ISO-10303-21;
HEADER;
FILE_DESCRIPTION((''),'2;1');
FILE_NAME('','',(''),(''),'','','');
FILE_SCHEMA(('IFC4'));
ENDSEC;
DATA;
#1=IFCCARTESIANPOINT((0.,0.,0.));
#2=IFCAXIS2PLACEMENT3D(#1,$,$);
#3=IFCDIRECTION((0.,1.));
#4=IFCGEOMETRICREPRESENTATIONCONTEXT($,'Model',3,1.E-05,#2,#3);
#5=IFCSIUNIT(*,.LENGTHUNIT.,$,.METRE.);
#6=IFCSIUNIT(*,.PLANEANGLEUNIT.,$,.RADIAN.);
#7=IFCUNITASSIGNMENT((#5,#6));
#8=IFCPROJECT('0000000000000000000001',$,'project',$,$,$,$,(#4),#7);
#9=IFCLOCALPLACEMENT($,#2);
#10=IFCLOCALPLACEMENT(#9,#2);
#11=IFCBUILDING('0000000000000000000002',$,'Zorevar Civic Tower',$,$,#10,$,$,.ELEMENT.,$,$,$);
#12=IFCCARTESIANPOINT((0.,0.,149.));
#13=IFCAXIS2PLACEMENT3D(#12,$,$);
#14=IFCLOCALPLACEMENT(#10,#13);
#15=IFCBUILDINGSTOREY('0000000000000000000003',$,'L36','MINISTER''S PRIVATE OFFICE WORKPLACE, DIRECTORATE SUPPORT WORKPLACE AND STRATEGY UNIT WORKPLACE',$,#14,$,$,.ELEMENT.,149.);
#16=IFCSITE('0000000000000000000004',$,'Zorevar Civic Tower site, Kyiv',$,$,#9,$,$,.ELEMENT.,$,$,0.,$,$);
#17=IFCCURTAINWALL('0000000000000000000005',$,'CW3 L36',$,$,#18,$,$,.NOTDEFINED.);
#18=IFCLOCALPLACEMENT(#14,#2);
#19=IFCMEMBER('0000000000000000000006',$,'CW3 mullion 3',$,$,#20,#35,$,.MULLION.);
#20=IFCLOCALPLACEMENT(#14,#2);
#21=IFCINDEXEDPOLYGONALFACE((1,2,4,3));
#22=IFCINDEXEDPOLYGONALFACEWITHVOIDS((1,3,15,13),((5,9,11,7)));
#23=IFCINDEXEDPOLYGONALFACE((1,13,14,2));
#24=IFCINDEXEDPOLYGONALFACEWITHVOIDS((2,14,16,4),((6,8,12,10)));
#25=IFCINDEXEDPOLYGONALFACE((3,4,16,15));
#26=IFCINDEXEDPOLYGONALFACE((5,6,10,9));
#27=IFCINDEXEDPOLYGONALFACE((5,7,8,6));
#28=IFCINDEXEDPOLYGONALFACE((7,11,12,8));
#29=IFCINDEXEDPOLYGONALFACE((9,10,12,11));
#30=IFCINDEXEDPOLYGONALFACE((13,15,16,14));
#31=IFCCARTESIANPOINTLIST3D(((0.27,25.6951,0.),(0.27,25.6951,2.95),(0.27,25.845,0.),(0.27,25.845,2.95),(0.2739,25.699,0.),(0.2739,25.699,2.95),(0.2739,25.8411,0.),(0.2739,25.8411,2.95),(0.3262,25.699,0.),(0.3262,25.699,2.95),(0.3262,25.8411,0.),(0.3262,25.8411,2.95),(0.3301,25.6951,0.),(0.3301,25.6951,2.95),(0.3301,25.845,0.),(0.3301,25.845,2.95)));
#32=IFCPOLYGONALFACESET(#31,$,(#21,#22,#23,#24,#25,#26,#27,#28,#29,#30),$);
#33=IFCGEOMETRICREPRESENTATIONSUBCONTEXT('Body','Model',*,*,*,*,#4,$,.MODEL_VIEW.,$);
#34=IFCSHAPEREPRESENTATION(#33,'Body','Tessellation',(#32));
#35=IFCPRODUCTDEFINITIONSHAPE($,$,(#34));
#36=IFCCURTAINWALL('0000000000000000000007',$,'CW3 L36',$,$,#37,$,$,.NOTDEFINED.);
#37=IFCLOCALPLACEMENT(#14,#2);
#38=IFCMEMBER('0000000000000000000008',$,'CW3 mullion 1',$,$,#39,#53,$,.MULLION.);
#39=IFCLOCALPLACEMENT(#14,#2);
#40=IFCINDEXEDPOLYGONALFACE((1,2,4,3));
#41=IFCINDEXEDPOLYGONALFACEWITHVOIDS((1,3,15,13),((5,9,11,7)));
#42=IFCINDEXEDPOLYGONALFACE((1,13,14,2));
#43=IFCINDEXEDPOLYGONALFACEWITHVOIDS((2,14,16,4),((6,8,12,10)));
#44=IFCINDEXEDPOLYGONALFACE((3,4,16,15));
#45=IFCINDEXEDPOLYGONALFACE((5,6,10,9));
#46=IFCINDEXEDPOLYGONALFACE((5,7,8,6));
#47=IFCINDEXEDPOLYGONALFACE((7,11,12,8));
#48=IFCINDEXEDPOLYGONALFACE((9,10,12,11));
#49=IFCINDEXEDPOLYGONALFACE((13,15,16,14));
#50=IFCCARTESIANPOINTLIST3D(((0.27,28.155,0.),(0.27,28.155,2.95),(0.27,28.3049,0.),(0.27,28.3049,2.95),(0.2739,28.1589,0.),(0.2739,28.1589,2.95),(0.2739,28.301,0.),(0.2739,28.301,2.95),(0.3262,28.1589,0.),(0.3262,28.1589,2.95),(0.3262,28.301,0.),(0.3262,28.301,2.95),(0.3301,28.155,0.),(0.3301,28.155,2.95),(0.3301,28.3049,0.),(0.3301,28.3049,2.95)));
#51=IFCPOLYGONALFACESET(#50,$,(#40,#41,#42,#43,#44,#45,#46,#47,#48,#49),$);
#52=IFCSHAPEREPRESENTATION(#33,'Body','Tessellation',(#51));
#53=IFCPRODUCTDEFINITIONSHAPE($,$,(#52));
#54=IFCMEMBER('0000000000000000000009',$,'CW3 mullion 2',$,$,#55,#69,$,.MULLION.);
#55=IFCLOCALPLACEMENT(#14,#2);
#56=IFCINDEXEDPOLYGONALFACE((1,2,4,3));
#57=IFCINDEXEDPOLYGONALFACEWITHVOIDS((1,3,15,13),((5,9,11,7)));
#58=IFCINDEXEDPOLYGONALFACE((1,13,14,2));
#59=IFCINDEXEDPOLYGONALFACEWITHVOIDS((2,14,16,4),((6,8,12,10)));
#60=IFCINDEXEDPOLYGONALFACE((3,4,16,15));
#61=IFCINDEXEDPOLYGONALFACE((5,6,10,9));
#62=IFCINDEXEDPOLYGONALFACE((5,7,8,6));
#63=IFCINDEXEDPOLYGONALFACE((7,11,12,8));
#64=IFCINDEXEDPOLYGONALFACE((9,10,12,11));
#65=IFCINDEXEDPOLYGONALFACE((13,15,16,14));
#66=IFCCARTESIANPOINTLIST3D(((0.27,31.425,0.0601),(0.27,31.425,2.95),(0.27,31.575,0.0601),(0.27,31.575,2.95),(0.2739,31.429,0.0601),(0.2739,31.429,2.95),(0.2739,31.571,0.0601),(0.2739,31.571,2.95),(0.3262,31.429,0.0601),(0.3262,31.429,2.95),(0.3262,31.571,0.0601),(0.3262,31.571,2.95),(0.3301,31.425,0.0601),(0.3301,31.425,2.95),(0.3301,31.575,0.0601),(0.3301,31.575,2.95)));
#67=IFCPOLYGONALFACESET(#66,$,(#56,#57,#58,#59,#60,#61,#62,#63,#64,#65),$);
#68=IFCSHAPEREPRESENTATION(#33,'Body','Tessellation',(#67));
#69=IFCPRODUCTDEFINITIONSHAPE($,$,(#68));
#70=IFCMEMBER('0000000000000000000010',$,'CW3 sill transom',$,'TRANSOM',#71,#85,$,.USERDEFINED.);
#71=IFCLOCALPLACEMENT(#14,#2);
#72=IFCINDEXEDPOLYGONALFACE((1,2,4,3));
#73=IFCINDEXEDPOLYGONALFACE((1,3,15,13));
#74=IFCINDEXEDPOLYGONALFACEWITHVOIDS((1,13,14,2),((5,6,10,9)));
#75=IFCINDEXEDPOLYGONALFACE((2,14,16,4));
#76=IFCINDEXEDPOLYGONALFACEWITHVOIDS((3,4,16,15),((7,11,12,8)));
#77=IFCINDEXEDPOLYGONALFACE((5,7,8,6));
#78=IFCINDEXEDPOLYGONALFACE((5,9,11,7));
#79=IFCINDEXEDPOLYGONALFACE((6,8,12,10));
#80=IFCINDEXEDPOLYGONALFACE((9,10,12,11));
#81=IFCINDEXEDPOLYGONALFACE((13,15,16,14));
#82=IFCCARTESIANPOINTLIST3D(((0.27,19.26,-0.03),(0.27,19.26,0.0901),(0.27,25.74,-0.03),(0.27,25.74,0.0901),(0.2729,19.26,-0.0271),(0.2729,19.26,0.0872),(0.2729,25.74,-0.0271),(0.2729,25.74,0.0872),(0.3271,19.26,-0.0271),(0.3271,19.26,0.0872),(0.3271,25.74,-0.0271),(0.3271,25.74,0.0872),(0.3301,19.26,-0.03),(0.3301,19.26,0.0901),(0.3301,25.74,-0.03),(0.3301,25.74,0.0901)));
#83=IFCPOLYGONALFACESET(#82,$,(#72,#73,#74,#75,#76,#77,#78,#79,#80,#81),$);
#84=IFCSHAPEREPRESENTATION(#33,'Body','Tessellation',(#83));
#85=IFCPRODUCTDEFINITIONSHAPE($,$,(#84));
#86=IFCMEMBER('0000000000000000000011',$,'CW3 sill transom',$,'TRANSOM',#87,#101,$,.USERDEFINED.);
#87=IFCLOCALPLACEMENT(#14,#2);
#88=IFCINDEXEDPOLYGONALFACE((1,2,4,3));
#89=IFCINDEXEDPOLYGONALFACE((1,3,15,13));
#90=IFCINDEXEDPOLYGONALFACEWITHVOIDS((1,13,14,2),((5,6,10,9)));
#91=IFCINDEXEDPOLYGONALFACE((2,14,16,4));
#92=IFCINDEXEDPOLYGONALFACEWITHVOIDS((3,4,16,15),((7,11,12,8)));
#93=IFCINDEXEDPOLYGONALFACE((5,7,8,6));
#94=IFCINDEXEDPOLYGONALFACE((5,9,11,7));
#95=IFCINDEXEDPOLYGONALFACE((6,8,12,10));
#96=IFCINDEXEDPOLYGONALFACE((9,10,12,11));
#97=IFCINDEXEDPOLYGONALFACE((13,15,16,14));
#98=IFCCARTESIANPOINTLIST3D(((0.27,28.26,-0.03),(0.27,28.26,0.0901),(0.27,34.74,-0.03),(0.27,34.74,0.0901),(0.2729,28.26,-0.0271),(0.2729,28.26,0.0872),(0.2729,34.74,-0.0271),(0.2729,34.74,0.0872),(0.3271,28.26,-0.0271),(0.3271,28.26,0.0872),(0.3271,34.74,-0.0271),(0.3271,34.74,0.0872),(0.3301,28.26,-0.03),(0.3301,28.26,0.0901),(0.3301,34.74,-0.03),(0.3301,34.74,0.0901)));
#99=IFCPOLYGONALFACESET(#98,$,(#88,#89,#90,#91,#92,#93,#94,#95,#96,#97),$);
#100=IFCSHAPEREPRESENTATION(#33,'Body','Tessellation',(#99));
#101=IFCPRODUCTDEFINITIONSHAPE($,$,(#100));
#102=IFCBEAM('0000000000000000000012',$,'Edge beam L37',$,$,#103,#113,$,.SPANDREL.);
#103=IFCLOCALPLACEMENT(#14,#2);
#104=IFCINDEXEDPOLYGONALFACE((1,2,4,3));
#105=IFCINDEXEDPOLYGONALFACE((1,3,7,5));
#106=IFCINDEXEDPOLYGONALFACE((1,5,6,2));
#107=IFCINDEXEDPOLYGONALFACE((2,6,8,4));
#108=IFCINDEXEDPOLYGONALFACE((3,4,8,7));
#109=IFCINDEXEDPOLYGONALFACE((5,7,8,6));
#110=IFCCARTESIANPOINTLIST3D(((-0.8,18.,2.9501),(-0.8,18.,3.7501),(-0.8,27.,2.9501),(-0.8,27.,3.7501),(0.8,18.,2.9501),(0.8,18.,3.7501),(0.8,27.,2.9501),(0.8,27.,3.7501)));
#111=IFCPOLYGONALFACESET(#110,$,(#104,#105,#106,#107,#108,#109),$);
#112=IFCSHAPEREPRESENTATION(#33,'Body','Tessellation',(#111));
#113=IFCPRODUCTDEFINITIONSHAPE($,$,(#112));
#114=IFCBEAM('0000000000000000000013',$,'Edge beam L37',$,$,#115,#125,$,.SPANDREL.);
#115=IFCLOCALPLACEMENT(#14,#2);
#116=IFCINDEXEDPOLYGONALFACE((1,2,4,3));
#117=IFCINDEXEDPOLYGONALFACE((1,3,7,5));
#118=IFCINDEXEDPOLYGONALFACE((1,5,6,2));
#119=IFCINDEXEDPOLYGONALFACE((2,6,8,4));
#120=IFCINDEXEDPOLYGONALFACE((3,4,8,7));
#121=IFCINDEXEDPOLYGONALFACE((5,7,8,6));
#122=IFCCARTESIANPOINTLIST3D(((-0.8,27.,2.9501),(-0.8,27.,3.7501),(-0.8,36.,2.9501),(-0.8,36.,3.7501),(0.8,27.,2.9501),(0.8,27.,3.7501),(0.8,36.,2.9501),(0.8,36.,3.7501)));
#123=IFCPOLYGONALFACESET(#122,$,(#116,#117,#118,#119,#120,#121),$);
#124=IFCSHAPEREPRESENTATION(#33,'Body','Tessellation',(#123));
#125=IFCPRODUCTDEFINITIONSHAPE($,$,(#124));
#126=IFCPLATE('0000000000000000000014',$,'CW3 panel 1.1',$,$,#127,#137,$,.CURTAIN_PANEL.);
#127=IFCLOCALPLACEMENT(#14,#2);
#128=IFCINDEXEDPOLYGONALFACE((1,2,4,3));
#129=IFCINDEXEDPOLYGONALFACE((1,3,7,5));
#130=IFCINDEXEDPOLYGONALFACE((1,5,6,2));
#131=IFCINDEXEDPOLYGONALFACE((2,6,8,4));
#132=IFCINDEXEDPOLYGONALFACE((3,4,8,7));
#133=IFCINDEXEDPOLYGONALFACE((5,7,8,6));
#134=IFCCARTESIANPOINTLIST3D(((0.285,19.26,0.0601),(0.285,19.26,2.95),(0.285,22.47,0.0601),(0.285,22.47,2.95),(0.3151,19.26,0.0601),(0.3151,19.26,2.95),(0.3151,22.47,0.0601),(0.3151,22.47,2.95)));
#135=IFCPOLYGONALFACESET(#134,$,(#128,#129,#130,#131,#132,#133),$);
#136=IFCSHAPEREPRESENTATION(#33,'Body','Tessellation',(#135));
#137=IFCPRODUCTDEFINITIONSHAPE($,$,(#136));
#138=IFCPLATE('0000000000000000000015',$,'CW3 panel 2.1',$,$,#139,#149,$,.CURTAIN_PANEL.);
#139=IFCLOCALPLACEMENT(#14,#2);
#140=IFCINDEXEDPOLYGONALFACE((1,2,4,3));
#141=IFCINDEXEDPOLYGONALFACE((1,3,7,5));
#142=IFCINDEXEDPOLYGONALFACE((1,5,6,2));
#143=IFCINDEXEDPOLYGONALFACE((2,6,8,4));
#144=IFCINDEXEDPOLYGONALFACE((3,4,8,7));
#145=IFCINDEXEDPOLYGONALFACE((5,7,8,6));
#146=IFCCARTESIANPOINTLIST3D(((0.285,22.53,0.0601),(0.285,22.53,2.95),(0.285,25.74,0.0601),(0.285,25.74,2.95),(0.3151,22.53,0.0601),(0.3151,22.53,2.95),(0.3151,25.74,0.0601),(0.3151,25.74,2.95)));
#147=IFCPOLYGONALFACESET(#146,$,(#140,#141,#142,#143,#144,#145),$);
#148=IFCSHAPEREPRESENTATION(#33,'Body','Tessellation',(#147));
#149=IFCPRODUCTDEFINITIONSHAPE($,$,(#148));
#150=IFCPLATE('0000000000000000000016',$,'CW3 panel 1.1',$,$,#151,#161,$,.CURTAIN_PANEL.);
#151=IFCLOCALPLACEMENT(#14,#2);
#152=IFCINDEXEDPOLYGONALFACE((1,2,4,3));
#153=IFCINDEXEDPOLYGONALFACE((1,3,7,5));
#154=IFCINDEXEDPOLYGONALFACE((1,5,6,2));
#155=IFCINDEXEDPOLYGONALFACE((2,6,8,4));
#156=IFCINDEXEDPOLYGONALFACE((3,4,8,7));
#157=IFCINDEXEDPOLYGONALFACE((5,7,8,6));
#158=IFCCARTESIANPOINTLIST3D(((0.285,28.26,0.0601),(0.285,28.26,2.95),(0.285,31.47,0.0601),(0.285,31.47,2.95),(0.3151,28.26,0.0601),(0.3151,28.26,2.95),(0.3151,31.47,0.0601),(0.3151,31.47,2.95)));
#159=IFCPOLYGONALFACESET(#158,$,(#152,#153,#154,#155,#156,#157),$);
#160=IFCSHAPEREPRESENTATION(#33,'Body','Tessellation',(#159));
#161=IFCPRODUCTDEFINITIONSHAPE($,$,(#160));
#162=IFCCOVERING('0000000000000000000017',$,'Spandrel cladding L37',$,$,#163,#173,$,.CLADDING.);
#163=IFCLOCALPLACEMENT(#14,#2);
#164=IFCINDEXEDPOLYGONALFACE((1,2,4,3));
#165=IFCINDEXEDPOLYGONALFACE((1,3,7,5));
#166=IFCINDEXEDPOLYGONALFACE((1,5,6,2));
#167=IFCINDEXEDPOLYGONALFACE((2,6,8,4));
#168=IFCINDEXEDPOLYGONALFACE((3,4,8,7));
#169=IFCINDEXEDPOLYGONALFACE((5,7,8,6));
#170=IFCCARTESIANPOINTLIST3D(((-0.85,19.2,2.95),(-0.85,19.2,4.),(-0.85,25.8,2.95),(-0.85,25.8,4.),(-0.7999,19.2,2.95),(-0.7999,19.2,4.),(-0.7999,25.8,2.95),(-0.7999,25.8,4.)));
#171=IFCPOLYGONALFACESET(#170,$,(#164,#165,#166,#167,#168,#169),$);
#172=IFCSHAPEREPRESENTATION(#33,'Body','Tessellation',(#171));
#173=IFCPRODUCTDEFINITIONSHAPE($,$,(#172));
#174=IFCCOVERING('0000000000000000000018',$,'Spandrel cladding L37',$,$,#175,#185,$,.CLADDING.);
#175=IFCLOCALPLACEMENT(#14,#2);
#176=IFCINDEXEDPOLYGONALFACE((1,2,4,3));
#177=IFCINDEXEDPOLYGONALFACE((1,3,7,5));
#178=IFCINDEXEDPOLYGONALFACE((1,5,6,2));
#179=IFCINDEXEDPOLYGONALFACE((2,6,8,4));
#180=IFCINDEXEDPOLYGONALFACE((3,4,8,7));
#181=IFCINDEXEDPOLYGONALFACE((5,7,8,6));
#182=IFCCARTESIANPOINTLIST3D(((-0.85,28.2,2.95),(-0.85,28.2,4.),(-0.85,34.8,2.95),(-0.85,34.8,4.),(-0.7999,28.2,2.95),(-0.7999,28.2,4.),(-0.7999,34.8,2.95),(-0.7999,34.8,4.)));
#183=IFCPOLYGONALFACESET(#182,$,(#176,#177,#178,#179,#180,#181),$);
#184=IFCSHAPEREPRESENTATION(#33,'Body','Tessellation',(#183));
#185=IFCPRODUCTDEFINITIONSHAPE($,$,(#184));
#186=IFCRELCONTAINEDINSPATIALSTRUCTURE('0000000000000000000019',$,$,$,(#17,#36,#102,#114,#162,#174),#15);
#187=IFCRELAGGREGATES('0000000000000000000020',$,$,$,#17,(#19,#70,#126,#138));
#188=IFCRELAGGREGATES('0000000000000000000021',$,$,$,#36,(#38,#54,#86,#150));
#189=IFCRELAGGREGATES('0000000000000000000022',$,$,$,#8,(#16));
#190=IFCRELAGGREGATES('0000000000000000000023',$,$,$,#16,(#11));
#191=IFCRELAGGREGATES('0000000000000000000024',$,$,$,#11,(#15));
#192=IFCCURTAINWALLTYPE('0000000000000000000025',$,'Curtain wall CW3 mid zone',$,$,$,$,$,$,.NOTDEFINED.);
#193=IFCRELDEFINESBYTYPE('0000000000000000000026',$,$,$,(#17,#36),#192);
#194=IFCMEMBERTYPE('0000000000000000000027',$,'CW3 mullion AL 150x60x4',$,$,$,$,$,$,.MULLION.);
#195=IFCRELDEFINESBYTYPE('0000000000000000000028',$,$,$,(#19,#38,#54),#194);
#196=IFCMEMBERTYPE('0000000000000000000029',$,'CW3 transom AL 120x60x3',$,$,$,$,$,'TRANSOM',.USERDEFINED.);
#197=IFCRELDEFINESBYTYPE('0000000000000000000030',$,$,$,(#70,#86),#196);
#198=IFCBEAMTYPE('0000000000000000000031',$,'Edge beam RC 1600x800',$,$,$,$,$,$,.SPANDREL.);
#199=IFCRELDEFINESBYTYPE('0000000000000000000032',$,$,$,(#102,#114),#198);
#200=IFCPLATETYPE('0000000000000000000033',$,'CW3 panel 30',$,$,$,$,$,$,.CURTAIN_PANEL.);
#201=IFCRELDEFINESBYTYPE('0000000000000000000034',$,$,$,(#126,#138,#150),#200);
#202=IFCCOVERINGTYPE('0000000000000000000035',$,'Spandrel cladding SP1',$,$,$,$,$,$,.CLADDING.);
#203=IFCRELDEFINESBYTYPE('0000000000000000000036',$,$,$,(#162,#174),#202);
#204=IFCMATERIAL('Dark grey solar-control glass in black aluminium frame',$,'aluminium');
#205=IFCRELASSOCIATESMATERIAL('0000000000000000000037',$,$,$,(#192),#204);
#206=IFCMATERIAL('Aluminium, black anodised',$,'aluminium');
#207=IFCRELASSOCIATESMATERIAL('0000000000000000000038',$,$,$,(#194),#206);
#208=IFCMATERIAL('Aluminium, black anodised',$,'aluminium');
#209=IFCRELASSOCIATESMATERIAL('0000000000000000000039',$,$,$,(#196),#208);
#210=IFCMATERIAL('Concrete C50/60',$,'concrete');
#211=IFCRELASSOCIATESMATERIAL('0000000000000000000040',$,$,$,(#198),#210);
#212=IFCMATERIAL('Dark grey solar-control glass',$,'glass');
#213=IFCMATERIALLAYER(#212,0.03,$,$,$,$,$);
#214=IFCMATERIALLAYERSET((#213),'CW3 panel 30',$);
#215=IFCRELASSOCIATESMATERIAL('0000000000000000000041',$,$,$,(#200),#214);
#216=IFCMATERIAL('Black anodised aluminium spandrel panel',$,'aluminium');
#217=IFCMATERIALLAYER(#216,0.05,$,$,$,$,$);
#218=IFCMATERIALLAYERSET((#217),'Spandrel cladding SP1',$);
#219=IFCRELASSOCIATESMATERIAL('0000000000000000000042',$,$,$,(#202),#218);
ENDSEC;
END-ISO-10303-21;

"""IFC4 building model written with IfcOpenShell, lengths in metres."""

from ifc_helpers import new_model, si_unit, direction, frame, frame_2d, origin, origin_2d, place, context, subcontext, project, spatial, rectangle, hollow_rectangle, extrude, material, layer, layer_set, material_profile, profile_set, type_object, element, aggregate, save


model = new_model("IFC4")

# Units and contexts
model_context = context("Model", 3, precision=1e-05, world=origin(), true_north=direction((0.0, 1.0)))
body_context = subcontext(model_context, "Body", "Model", "MODEL_VIEW")
ifc_project = project(units=[si_unit("LENGTHUNIT", "METRE"), si_unit("PLANEANGLEUNIT", "RADIAN")], contexts=[model_context])

# Site, building, storey
site_placement = place(None, origin())
site = spatial("IfcSite", under=ifc_project, at=site_placement, Name="Zorevar Civic Tower site, Kyiv", CompositionType="ELEMENT", RefElevation=0.0)
building_placement = place(site_placement, origin())
building = spatial("IfcBuilding", under=site, at=building_placement, Name="Zorevar Civic Tower", CompositionType="ELEMENT")
storey_placement = place(building_placement, frame((0.0, 0.0, 149.0)))
storey = spatial("IfcBuildingStorey", under=building, at=storey_placement, Name="L36", Description="MINISTER'S PRIVATE OFFICE WORKPLACE, DIRECTORATE SUPPORT WORKPLACE AND STRATEGY UNIT WORKPLACE", CompositionType="ELEMENT", Elevation=149.0)

# Curtain walls, members
ifc_material_1 = material(Name="Dark grey solar-control glass in black aluminium frame", Category="aluminium")
curtain_wall_type = type_object("IfcCurtainWallType", Name="Curtain wall CW3 mid zone", PredefinedType="NOTDEFINED", material=ifc_material_1)
curtain_wall_1_placement = place(storey_placement, origin())
curtain_wall_1 = element("IfcCurtainWall", 1, at=curtain_wall_1_placement, inside=storey, type_object=curtain_wall_type, Name="CW3 L36", PredefinedType="NOTDEFINED")
ifc_material_2 = material(Name="Aluminium, black anodised", Category="aluminium")
ifc_material_profile_1 = material_profile(ifc_material_2, hollow_rectangle(XDim=0.0601, YDim=0.1499, WallThickness=0.0039, at=origin_2d()), Name="AL 150x60x4")
ifc_profile_set_1 = profile_set([ifc_material_profile_1], Name="Aluminium, black anodised")
member_type_1 = type_object("IfcMemberType", Name="CW3 mullion AL 150x60x4", PredefinedType="MULLION", material=ifc_profile_set_1)
member_1_placement = place(storey_placement, frame((0.3, 25.77, 0.0), z_axis=(0.0, 0.0, 1.0), x_axis=(-1.0, 0.0, 0.0)))
member_1 = element("IfcMember", 2, at=member_1_placement, type_object=member_type_1, Name="CW3 mullion 3", PredefinedType="MULLION", context=body_context, shape_type="SweptSolid", body=[
    extrude(hollow_rectangle(XDim=0.0601, YDim=0.1499, WallThickness=0.0039, at=origin_2d()), origin(), (0.0, 0.0, 1.0), 2.95),
])
curtain_wall_2_placement = place(storey_placement, origin())
curtain_wall_2 = element("IfcCurtainWall", 3, at=curtain_wall_2_placement, inside=storey, type_object=curtain_wall_type, Name="CW3 L36", PredefinedType="NOTDEFINED")
member_2_placement = place(storey_placement, frame((0.3, 28.23, 0.0), z_axis=(0.0, 0.0, 1.0), x_axis=(-1.0, 0.0, 0.0)))
member_2 = element("IfcMember", 4, at=member_2_placement, type_object=member_type_1, Name="CW3 mullion 1", PredefinedType="MULLION", context=body_context, shape_type="SweptSolid", body=[
    extrude(hollow_rectangle(XDim=0.0601, YDim=0.1499, WallThickness=0.0039, at=origin_2d()), origin(), (0.0, 0.0, 1.0), 2.95),
])
member_3_placement = place(storey_placement, frame((0.3, 31.5, 0.0601), z_axis=(0.0, 0.0, 1.0), x_axis=(-1.0, 0.0, 0.0)))
member_3 = element("IfcMember", 5, at=member_3_placement, type_object=member_type_1, Name="CW3 mullion 2", PredefinedType="MULLION", context=body_context, shape_type="SweptSolid", body=[
    extrude(hollow_rectangle(XDim=0.0601, YDim=0.1499, WallThickness=0.0039, at=origin_2d()), origin(), (0.0, 0.0, 1.0), 2.8899),
])

# Members
ifc_material_3 = material(Name="Aluminium, black anodised", Category="aluminium")
ifc_material_profile_2 = material_profile(ifc_material_3, hollow_rectangle(XDim=0.0601, YDim=0.1201, WallThickness=0.0029, at=origin_2d()), Name="AL 120x60x3")
ifc_profile_set_2 = profile_set([ifc_material_profile_2], Name="Aluminium, black anodised")
member_type_2 = type_object("IfcMemberType", Name="CW3 transom AL 120x60x3", ElementType="TRANSOM", PredefinedType="USERDEFINED", material=ifc_profile_set_2)
member_4_placement = place(storey_placement, frame((0.3, 19.26, 0.03), z_axis=(0.0, 1.0, 0.0), x_axis=(-1.0, 0.0, 0.0)))
member_4 = element("IfcMember", 6, at=member_4_placement, type_object=member_type_2, Name="CW3 sill transom", ObjectType="TRANSOM", PredefinedType="USERDEFINED", context=body_context, shape_type="SweptSolid", body=[
    extrude(hollow_rectangle(XDim=0.0601, YDim=0.1201, WallThickness=0.0029, at=origin_2d()), origin(), (0.0, 0.0, 1.0), 6.48),
])
member_5_placement = place(storey_placement, frame((0.3, 28.26, 0.03), z_axis=(0.0, 1.0, 0.0), x_axis=(-1.0, 0.0, 0.0)))
member_5 = element("IfcMember", 7, at=member_5_placement, type_object=member_type_2, Name="CW3 sill transom", ObjectType="TRANSOM", PredefinedType="USERDEFINED", context=body_context, shape_type="SweptSolid", body=[
    extrude(hollow_rectangle(XDim=0.0601, YDim=0.1201, WallThickness=0.0029, at=origin_2d()), origin(), (0.0, 0.0, 1.0), 6.48),
])

# Beams
ifc_material_4 = material(Name="Concrete C50/60", Category="concrete")
ifc_material_profile_3 = material_profile(ifc_material_4, rectangle(XDim=1.6001, YDim=0.8, at=origin_2d()), Name="RC 1600x800")
ifc_profile_set_3 = profile_set([ifc_material_profile_3], Name="Concrete C50/60")
beam_type_1 = type_object("IfcBeamType", Name="Edge beam RC 1600x800", PredefinedType="SPANDREL", material=ifc_profile_set_3)
for number, where, z_axis, x_axis, name in (
    (8, (0.0, 18.0, 3.3501), (0.0, 1.0, 0.0), (-1.0, 0.0, 0.0), "Edge beam L37"),
    (9, (0.0, 27.0, 3.3501), (0.0, 1.0, 0.0), (-1.0, 0.0, 0.0), "Edge beam L37"),
):
    element("IfcBeam", number, at=place(storey_placement, frame(where, z_axis=z_axis, x_axis=x_axis)), inside=storey, type_object=beam_type_1, Name=name, PredefinedType="SPANDREL", context=body_context, shape_type="SweptSolid", body=[
        extrude(rectangle(XDim=1.6001, YDim=0.8, at=origin_2d()), origin(), (0.0, 0.0, 1.0), 9.0),
    ])

# Plates
ifc_material_5 = material(Name="Dark grey solar-control glass", Category="glass")
ifc_layer_1 = layer(ifc_material_5, 0.03)
ifc_layer_set_1 = layer_set([ifc_layer_1], Name="CW3 panel 30")
plate_type = type_object("IfcPlateType", Name="CW3 panel 30", PredefinedType="CURTAIN_PANEL", material=ifc_layer_set_1)
plate_1_placement = place(storey_placement, frame((0.3, 20.865, 0.0601), z_axis=(0.0, 0.0, 1.0), x_axis=(0.0, 1.0, 0.0)))
plate_1 = element("IfcPlate", 10, at=plate_1_placement, type_object=plate_type, Name="CW3 panel 1.1", PredefinedType="CURTAIN_PANEL", context=body_context, shape_type="SweptSolid", body=[
    extrude(rectangle(XDim=3.21, YDim=0.03, at=origin_2d()), origin(), (0.0, 0.0, 1.0), 2.8899),
])
plate_2_placement = place(storey_placement, frame((0.3, 24.135, 0.0601), z_axis=(0.0, 0.0, 1.0), x_axis=(0.0, 1.0, 0.0)))
plate_2 = element("IfcPlate", 11, at=plate_2_placement, type_object=plate_type, Name="CW3 panel 2.1", PredefinedType="CURTAIN_PANEL", context=body_context, shape_type="SweptSolid", body=[
    extrude(rectangle(XDim=3.21, YDim=0.03, at=origin_2d()), origin(), (0.0, 0.0, 1.0), 2.8899),
])
aggregate(curtain_wall_1, [member_1, member_4, plate_1, plate_2])
plate_3_placement = place(storey_placement, frame((0.3, 29.865, 0.0601), z_axis=(0.0, 0.0, 1.0), x_axis=(0.0, 1.0, 0.0)))
plate_3 = element("IfcPlate", 12, at=plate_3_placement, type_object=plate_type, Name="CW3 panel 1.1", PredefinedType="CURTAIN_PANEL", context=body_context, shape_type="SweptSolid", body=[
    extrude(rectangle(XDim=3.21, YDim=0.03, at=origin_2d()), origin(), (0.0, 0.0, 1.0), 2.8899),
])
aggregate(curtain_wall_2, [member_2, member_3, member_5, plate_3])

# Coverings
ifc_material_6 = material(Name="Black anodised aluminium spandrel panel", Category="aluminium")
ifc_layer_2 = layer(ifc_material_6, 0.05)
ifc_layer_set_2 = layer_set([ifc_layer_2], Name="Spandrel cladding SP1")
covering_type = type_object("IfcCoveringType", Name="Spandrel cladding SP1", PredefinedType="CLADDING", material=ifc_layer_set_2)
for number, where, z_axis, x_axis, name in (
    (13, (-0.825, 19.2, 2.95), (0.0, 0.0, 1.0), (0.0, 1.0, 0.0), "Spandrel cladding L37"),
    (14, (-0.825, 28.2, 2.95), (0.0, 0.0, 1.0), (0.0, 1.0, 0.0), "Spandrel cladding L37"),
):
    element("IfcCovering", number, at=place(storey_placement, frame(where, z_axis=z_axis, x_axis=x_axis)), inside=storey, type_object=covering_type, Name=name, PredefinedType="CLADDING", context=body_context, shape_type="SweptSolid", body=[
        extrude(rectangle(XDim=6.6001, YDim=0.05, at=frame_2d((3.3, 0.0))), origin(), (0.0, 0.0, 1.0), 1.05),
    ])

save(model, "model.ifc")
